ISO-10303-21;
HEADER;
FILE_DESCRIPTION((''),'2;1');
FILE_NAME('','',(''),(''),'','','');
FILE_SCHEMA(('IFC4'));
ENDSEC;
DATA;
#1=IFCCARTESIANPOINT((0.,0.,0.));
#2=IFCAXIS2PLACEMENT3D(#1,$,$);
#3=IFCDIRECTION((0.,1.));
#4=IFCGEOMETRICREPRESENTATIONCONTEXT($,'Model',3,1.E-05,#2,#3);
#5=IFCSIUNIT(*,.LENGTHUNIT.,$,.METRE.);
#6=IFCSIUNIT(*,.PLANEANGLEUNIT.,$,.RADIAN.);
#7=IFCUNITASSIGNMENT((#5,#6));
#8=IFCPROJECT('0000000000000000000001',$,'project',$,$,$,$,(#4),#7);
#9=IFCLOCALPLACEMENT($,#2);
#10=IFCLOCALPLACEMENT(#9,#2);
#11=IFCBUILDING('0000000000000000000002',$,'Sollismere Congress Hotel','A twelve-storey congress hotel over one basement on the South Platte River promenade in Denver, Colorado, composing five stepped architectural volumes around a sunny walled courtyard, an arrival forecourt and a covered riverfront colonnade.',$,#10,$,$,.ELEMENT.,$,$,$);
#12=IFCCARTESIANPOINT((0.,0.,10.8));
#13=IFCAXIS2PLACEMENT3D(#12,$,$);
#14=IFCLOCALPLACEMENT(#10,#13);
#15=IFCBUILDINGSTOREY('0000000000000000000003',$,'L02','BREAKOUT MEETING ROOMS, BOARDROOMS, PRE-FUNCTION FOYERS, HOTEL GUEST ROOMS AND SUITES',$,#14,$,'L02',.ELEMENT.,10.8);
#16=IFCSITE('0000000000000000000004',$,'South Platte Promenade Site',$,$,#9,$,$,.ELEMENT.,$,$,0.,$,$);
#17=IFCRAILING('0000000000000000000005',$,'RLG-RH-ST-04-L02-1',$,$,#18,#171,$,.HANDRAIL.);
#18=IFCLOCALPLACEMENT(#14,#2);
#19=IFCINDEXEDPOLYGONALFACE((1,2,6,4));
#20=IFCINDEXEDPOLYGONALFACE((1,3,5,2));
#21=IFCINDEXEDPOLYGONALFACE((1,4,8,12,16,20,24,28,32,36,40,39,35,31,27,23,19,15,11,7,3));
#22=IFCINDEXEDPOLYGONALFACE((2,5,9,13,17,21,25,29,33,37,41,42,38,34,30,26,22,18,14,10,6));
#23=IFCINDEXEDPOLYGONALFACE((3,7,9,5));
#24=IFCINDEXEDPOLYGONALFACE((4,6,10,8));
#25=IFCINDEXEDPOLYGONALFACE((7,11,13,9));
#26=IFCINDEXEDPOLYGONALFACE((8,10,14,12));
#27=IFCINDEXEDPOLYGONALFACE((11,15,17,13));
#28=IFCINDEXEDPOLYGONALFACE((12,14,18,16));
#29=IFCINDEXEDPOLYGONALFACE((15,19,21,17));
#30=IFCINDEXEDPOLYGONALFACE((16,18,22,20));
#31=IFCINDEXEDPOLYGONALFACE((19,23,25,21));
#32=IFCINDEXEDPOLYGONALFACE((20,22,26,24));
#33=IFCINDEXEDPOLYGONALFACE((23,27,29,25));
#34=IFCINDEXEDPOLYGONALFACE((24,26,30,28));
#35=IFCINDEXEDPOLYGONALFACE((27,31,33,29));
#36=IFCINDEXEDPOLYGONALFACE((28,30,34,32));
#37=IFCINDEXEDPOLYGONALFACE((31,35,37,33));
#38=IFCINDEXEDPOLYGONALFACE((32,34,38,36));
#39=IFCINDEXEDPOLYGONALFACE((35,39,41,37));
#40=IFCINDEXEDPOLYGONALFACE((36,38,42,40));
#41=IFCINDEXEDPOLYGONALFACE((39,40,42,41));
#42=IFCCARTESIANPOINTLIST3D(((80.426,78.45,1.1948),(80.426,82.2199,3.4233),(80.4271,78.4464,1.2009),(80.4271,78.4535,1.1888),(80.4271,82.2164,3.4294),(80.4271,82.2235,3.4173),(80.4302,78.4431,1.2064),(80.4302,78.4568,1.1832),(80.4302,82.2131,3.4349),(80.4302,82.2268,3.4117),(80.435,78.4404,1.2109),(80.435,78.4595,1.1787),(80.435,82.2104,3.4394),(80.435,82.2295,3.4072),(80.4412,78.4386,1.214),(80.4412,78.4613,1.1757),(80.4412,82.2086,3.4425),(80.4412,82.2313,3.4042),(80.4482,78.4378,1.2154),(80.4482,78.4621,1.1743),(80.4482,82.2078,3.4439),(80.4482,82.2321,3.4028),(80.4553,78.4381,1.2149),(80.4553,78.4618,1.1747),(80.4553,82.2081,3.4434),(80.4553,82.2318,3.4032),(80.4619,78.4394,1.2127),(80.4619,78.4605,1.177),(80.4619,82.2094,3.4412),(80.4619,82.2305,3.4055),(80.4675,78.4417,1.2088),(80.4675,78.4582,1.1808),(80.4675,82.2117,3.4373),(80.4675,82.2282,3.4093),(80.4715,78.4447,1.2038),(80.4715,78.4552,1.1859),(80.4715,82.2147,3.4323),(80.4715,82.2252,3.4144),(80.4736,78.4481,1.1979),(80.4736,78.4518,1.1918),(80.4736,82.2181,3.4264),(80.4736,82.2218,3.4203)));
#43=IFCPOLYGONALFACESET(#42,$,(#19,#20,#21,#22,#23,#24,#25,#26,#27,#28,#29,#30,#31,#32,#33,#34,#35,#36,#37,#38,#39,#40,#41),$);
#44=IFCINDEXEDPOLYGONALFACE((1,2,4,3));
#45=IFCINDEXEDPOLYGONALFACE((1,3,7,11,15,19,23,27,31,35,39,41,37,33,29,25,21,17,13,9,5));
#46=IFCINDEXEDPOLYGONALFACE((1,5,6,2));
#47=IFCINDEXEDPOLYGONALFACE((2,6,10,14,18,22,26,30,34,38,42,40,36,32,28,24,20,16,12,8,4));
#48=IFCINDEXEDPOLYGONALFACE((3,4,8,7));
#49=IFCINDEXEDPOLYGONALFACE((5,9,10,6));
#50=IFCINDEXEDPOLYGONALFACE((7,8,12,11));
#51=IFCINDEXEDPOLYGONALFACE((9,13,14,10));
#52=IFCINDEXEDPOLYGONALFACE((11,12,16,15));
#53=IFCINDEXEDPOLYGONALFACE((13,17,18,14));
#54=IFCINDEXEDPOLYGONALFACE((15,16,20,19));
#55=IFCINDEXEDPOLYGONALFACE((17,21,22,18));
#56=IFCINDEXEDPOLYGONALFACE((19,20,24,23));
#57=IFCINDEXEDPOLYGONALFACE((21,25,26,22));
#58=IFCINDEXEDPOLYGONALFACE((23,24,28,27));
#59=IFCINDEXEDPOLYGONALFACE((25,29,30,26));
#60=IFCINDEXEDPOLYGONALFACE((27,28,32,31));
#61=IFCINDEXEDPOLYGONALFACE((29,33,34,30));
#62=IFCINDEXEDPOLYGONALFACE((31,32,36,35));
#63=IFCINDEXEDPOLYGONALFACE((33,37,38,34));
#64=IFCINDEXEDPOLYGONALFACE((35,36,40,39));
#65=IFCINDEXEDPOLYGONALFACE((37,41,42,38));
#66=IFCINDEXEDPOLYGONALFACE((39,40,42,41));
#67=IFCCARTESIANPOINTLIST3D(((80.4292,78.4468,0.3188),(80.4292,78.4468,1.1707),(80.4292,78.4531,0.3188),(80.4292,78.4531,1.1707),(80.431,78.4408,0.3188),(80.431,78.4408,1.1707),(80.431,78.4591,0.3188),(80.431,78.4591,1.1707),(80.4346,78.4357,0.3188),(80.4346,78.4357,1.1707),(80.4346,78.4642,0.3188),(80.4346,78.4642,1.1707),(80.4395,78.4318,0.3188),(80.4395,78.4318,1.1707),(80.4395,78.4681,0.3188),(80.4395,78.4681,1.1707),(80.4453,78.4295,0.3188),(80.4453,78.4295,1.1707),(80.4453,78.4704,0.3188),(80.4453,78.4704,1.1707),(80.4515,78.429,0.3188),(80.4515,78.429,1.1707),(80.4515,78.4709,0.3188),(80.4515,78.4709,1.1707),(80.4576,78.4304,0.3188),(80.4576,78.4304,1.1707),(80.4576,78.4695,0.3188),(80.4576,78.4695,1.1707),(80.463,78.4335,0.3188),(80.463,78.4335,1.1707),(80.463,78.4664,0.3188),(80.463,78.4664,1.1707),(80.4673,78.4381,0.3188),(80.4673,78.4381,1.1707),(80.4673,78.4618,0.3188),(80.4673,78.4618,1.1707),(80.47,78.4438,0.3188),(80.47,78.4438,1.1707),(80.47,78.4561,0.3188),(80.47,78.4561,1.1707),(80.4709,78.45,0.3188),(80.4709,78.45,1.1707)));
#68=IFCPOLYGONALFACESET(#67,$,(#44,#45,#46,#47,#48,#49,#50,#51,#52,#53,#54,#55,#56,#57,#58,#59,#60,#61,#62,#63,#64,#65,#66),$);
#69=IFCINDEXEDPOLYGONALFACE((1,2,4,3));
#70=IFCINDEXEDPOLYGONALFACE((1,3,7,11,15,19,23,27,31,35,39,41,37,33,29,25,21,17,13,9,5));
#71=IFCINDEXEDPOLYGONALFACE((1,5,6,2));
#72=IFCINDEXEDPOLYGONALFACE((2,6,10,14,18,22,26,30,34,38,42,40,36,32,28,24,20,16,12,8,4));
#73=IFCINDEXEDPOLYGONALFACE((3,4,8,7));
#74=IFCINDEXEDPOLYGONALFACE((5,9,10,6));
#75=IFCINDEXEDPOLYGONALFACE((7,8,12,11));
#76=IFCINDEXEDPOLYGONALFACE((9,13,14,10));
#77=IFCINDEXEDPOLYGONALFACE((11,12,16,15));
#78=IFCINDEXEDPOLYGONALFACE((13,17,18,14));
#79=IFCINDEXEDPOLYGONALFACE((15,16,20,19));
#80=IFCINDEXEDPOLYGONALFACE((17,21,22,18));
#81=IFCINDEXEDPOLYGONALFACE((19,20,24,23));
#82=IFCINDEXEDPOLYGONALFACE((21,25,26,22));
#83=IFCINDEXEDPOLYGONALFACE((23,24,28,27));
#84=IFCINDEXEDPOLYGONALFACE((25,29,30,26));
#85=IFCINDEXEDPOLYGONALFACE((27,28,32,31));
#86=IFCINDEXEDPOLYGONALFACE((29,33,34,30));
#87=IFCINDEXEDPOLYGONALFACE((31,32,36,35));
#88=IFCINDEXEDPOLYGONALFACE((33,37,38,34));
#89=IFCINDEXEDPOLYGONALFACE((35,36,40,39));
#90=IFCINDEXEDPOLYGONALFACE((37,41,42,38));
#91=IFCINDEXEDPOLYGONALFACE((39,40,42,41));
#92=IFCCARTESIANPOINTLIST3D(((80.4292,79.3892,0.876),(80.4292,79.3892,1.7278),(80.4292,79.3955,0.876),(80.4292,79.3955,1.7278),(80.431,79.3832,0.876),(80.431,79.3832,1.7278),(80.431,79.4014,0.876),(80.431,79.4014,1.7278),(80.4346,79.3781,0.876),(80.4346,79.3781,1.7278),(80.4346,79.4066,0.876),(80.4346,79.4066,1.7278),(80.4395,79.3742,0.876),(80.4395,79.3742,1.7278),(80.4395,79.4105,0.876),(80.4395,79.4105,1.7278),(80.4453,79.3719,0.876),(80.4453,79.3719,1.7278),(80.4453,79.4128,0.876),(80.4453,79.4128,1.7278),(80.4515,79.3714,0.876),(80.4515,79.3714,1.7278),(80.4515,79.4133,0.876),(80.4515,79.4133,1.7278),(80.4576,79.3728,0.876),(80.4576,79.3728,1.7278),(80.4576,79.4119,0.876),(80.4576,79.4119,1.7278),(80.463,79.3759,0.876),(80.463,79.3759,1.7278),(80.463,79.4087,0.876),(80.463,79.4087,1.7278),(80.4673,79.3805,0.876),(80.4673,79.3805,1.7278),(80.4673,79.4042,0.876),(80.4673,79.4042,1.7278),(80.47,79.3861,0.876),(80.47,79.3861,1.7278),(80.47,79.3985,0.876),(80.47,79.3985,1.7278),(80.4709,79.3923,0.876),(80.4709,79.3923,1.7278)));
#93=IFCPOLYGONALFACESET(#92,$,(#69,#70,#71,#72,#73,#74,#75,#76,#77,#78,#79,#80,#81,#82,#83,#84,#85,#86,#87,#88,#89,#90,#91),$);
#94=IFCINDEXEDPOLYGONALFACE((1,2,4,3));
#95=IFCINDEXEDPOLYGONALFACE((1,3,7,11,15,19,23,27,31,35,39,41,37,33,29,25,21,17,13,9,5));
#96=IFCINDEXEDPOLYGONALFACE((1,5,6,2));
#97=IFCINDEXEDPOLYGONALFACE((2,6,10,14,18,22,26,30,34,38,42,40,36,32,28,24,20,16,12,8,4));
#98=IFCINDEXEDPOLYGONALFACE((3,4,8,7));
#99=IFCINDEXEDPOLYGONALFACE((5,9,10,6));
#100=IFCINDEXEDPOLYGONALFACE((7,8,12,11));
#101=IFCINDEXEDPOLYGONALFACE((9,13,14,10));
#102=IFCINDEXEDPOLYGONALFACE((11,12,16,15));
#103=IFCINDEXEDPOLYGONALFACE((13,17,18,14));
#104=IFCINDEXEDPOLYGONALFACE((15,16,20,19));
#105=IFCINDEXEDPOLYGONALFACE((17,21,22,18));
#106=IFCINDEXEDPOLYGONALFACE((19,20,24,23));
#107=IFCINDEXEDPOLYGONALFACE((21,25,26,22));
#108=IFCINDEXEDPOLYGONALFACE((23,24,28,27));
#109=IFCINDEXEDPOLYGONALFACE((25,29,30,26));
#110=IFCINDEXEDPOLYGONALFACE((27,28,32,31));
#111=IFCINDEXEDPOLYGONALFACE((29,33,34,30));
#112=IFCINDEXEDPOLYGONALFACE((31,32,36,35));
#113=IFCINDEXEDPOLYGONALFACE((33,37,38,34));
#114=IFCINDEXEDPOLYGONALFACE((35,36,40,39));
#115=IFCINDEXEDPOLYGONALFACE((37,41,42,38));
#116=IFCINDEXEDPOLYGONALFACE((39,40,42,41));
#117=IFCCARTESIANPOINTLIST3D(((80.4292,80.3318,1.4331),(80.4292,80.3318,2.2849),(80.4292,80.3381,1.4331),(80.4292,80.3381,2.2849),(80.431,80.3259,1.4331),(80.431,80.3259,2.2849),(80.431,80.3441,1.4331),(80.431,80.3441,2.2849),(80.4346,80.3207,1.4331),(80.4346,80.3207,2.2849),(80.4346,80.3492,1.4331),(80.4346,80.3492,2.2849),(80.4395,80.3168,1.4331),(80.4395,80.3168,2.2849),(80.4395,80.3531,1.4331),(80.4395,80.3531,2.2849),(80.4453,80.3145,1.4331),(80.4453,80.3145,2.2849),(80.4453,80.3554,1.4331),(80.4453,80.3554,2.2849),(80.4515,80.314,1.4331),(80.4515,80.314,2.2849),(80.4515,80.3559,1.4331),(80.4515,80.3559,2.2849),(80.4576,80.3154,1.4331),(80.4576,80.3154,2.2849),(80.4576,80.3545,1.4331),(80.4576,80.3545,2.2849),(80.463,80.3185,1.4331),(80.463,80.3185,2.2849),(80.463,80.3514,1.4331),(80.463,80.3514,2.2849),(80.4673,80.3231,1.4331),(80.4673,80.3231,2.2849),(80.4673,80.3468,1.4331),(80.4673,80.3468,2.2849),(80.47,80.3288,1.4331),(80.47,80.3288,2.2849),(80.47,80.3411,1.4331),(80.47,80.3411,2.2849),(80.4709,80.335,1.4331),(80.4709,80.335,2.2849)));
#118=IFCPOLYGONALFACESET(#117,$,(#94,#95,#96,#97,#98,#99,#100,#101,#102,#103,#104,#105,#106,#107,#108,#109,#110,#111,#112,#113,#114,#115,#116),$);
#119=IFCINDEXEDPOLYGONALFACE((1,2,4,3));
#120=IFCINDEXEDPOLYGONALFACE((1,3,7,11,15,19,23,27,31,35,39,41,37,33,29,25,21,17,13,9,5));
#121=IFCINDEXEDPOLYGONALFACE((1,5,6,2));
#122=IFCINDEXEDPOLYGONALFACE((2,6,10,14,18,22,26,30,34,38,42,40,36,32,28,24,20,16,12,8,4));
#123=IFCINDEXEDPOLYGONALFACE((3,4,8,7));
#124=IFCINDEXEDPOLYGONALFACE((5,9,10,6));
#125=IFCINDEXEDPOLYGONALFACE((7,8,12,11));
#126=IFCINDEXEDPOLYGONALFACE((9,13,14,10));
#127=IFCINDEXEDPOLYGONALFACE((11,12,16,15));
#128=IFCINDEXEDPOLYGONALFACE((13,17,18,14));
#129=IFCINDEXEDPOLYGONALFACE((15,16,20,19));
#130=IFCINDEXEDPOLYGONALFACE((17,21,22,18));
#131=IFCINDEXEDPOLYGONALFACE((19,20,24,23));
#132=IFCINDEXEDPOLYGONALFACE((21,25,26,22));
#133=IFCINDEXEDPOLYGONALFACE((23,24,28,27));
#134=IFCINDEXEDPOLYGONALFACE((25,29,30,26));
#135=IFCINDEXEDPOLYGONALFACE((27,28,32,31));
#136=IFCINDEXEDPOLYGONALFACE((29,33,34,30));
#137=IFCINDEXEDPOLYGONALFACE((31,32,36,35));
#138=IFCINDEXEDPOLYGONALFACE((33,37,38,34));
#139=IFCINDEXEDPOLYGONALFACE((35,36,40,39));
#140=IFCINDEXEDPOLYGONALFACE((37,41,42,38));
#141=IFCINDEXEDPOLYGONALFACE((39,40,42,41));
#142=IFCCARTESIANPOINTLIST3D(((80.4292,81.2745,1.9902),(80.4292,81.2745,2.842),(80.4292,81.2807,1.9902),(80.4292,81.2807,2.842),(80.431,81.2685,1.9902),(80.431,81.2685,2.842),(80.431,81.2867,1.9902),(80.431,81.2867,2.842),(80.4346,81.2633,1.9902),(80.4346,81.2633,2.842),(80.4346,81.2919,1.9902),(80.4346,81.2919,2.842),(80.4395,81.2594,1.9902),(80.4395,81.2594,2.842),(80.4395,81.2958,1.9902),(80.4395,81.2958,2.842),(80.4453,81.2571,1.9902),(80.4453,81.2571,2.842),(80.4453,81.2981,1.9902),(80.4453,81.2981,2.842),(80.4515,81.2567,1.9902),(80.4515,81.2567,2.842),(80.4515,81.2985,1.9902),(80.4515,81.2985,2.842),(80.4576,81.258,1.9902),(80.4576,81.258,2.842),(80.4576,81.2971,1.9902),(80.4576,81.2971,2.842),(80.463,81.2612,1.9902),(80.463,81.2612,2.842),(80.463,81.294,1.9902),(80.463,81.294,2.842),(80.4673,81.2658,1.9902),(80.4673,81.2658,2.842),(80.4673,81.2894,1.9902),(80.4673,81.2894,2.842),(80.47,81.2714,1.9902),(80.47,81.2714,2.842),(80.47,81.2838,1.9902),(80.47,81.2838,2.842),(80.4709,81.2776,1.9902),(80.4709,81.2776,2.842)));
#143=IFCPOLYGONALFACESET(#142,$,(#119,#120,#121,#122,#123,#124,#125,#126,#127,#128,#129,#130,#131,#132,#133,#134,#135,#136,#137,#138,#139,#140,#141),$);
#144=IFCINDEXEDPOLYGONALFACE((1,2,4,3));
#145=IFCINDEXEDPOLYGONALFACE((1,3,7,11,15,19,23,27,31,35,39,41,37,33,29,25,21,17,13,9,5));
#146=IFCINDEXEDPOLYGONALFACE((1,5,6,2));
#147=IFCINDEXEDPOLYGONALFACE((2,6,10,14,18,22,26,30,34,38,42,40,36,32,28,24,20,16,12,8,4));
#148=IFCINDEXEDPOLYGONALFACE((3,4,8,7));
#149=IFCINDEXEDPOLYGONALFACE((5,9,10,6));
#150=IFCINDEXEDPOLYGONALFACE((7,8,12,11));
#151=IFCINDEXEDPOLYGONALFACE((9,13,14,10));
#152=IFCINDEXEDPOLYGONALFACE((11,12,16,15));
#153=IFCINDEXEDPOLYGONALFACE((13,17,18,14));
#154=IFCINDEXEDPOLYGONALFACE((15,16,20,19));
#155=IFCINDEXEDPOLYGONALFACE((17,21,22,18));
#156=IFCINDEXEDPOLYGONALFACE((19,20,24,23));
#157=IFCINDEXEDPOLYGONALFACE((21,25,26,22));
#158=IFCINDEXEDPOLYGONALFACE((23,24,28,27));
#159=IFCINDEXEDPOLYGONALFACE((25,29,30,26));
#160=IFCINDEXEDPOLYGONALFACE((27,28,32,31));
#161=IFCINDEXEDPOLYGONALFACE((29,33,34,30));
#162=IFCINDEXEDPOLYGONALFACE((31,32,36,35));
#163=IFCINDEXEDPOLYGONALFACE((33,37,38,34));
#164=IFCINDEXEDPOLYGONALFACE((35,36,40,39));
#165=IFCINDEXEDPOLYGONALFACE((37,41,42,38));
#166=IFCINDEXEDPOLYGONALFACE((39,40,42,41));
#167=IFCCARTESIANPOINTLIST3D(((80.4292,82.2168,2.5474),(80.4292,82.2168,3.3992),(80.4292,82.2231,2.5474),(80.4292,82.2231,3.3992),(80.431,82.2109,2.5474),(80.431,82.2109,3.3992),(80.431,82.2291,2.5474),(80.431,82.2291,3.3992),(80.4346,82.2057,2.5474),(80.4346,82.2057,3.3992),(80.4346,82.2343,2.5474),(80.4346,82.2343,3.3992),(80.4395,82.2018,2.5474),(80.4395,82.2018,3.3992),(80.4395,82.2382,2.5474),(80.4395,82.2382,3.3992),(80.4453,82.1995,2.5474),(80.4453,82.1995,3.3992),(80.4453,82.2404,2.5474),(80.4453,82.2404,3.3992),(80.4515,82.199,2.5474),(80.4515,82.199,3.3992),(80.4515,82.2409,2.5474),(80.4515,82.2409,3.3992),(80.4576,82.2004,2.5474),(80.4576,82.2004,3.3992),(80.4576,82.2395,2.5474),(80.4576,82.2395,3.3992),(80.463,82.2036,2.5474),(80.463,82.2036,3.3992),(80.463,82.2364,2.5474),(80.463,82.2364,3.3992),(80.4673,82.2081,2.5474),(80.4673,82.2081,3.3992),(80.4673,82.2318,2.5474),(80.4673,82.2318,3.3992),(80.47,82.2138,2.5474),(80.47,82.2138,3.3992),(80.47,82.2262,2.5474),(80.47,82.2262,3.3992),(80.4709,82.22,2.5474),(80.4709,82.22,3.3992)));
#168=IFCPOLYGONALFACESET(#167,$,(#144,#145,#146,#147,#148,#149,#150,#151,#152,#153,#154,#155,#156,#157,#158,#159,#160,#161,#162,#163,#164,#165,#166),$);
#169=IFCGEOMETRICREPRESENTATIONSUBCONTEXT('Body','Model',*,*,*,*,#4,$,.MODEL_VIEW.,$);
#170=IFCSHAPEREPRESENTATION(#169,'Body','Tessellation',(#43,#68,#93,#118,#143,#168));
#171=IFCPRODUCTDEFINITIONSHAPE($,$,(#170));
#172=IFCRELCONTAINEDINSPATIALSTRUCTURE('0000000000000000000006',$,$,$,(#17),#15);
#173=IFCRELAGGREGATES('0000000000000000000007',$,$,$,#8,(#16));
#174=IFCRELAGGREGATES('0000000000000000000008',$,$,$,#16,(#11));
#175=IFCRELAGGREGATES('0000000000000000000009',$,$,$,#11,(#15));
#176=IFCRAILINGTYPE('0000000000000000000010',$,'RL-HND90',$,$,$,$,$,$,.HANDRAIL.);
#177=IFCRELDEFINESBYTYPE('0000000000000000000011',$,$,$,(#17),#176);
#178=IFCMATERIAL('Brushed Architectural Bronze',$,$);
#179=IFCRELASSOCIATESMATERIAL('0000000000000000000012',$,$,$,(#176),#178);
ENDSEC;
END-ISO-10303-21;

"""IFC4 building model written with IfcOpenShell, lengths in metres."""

from ifc_helpers import new_model, si_unit, direction, frame, origin, origin_2d, place, context, subcontext, project, spatial, circle, extrude, material, type_object, element, save


model = new_model("IFC4")

# Units and contexts
model_context = context("Model", 3, precision=1e-05, world=origin(), true_north=direction((0.0, 1.0)))
body_context = subcontext(model_context, "Body", "Model", "MODEL_VIEW")
ifc_project = project(units=[si_unit("LENGTHUNIT", "METRE"), si_unit("PLANEANGLEUNIT", "RADIAN")], contexts=[model_context])

# Site, building, storey
site_placement = place(None, origin())
site = spatial("IfcSite", under=ifc_project, at=site_placement, Name="South Platte Promenade Site", CompositionType="ELEMENT", RefElevation=0.0)
building_placement = place(site_placement, origin())
building = spatial("IfcBuilding", under=site, at=building_placement, Name="Sollismere Congress Hotel", Description="A twelve-storey congress hotel over one basement on the South Platte River promenade in Denver, Colorado, composing five stepped architectural volumes around a sunny walled courtyard, an arrival forecourt and a covered riverfront colonnade.", CompositionType="ELEMENT")
storey_placement = place(building_placement, frame((0.0, 0.0, 10.8)))
storey = spatial("IfcBuildingStorey", under=building, at=storey_placement, Name="L02", Description="BREAKOUT MEETING ROOMS, BOARDROOMS, PRE-FUNCTION FOYERS, HOTEL GUEST ROOMS AND SUITES", LongName="L02", CompositionType="ELEMENT", Elevation=10.8)

# Railing
ifc_material_1 = material(Name="Brushed Architectural Bronze")
railing_type_1 = type_object("IfcRailingType", Name="RL-HND90", PredefinedType="HANDRAIL", material=ifc_material_1)
railing_1_placement = place(storey_placement, frame((80.45, 78.45, 0.3188)))
element("IfcRailing", 1, at=railing_1_placement, inside=storey, type_object=railing_type_1, Name="RLG-RH-ST-04-L02-1", PredefinedType="HANDRAIL", context=body_context, shape_type="SweptSolid", body=[
    extrude(circle(Radius=0.0239, at=origin_2d()), frame((0.0, 0.0, 0.876), z_axis=(0.0, 0.860849, 0.508861), x_axis=(-1.0, 0.0, 0.0)), (0.0, 0.0, 1.0), 4.3794),
    extrude(circle(Radius=0.021, at=origin_2d()), origin(), (0.0, 0.0, 1.0), 0.8518),
    extrude(circle(Radius=0.021, at=origin_2d()), frame((0.0, 0.9424, 0.5571)), (0.0, 0.0, 1.0), 0.8518),
    extrude(circle(Radius=0.021, at=origin_2d()), frame((0.0, 1.885, 1.1143)), (0.0, 0.0, 1.0), 0.8518),
    extrude(circle(Radius=0.021, at=origin_2d()), frame((0.0, 2.8276, 1.6714)), (0.0, 0.0, 1.0), 0.8518),
    extrude(circle(Radius=0.021, at=origin_2d()), frame((0.0, 3.77, 2.2285)), (0.0, 0.0, 1.0), 0.8518),
])

save(model, "model.ifc")
